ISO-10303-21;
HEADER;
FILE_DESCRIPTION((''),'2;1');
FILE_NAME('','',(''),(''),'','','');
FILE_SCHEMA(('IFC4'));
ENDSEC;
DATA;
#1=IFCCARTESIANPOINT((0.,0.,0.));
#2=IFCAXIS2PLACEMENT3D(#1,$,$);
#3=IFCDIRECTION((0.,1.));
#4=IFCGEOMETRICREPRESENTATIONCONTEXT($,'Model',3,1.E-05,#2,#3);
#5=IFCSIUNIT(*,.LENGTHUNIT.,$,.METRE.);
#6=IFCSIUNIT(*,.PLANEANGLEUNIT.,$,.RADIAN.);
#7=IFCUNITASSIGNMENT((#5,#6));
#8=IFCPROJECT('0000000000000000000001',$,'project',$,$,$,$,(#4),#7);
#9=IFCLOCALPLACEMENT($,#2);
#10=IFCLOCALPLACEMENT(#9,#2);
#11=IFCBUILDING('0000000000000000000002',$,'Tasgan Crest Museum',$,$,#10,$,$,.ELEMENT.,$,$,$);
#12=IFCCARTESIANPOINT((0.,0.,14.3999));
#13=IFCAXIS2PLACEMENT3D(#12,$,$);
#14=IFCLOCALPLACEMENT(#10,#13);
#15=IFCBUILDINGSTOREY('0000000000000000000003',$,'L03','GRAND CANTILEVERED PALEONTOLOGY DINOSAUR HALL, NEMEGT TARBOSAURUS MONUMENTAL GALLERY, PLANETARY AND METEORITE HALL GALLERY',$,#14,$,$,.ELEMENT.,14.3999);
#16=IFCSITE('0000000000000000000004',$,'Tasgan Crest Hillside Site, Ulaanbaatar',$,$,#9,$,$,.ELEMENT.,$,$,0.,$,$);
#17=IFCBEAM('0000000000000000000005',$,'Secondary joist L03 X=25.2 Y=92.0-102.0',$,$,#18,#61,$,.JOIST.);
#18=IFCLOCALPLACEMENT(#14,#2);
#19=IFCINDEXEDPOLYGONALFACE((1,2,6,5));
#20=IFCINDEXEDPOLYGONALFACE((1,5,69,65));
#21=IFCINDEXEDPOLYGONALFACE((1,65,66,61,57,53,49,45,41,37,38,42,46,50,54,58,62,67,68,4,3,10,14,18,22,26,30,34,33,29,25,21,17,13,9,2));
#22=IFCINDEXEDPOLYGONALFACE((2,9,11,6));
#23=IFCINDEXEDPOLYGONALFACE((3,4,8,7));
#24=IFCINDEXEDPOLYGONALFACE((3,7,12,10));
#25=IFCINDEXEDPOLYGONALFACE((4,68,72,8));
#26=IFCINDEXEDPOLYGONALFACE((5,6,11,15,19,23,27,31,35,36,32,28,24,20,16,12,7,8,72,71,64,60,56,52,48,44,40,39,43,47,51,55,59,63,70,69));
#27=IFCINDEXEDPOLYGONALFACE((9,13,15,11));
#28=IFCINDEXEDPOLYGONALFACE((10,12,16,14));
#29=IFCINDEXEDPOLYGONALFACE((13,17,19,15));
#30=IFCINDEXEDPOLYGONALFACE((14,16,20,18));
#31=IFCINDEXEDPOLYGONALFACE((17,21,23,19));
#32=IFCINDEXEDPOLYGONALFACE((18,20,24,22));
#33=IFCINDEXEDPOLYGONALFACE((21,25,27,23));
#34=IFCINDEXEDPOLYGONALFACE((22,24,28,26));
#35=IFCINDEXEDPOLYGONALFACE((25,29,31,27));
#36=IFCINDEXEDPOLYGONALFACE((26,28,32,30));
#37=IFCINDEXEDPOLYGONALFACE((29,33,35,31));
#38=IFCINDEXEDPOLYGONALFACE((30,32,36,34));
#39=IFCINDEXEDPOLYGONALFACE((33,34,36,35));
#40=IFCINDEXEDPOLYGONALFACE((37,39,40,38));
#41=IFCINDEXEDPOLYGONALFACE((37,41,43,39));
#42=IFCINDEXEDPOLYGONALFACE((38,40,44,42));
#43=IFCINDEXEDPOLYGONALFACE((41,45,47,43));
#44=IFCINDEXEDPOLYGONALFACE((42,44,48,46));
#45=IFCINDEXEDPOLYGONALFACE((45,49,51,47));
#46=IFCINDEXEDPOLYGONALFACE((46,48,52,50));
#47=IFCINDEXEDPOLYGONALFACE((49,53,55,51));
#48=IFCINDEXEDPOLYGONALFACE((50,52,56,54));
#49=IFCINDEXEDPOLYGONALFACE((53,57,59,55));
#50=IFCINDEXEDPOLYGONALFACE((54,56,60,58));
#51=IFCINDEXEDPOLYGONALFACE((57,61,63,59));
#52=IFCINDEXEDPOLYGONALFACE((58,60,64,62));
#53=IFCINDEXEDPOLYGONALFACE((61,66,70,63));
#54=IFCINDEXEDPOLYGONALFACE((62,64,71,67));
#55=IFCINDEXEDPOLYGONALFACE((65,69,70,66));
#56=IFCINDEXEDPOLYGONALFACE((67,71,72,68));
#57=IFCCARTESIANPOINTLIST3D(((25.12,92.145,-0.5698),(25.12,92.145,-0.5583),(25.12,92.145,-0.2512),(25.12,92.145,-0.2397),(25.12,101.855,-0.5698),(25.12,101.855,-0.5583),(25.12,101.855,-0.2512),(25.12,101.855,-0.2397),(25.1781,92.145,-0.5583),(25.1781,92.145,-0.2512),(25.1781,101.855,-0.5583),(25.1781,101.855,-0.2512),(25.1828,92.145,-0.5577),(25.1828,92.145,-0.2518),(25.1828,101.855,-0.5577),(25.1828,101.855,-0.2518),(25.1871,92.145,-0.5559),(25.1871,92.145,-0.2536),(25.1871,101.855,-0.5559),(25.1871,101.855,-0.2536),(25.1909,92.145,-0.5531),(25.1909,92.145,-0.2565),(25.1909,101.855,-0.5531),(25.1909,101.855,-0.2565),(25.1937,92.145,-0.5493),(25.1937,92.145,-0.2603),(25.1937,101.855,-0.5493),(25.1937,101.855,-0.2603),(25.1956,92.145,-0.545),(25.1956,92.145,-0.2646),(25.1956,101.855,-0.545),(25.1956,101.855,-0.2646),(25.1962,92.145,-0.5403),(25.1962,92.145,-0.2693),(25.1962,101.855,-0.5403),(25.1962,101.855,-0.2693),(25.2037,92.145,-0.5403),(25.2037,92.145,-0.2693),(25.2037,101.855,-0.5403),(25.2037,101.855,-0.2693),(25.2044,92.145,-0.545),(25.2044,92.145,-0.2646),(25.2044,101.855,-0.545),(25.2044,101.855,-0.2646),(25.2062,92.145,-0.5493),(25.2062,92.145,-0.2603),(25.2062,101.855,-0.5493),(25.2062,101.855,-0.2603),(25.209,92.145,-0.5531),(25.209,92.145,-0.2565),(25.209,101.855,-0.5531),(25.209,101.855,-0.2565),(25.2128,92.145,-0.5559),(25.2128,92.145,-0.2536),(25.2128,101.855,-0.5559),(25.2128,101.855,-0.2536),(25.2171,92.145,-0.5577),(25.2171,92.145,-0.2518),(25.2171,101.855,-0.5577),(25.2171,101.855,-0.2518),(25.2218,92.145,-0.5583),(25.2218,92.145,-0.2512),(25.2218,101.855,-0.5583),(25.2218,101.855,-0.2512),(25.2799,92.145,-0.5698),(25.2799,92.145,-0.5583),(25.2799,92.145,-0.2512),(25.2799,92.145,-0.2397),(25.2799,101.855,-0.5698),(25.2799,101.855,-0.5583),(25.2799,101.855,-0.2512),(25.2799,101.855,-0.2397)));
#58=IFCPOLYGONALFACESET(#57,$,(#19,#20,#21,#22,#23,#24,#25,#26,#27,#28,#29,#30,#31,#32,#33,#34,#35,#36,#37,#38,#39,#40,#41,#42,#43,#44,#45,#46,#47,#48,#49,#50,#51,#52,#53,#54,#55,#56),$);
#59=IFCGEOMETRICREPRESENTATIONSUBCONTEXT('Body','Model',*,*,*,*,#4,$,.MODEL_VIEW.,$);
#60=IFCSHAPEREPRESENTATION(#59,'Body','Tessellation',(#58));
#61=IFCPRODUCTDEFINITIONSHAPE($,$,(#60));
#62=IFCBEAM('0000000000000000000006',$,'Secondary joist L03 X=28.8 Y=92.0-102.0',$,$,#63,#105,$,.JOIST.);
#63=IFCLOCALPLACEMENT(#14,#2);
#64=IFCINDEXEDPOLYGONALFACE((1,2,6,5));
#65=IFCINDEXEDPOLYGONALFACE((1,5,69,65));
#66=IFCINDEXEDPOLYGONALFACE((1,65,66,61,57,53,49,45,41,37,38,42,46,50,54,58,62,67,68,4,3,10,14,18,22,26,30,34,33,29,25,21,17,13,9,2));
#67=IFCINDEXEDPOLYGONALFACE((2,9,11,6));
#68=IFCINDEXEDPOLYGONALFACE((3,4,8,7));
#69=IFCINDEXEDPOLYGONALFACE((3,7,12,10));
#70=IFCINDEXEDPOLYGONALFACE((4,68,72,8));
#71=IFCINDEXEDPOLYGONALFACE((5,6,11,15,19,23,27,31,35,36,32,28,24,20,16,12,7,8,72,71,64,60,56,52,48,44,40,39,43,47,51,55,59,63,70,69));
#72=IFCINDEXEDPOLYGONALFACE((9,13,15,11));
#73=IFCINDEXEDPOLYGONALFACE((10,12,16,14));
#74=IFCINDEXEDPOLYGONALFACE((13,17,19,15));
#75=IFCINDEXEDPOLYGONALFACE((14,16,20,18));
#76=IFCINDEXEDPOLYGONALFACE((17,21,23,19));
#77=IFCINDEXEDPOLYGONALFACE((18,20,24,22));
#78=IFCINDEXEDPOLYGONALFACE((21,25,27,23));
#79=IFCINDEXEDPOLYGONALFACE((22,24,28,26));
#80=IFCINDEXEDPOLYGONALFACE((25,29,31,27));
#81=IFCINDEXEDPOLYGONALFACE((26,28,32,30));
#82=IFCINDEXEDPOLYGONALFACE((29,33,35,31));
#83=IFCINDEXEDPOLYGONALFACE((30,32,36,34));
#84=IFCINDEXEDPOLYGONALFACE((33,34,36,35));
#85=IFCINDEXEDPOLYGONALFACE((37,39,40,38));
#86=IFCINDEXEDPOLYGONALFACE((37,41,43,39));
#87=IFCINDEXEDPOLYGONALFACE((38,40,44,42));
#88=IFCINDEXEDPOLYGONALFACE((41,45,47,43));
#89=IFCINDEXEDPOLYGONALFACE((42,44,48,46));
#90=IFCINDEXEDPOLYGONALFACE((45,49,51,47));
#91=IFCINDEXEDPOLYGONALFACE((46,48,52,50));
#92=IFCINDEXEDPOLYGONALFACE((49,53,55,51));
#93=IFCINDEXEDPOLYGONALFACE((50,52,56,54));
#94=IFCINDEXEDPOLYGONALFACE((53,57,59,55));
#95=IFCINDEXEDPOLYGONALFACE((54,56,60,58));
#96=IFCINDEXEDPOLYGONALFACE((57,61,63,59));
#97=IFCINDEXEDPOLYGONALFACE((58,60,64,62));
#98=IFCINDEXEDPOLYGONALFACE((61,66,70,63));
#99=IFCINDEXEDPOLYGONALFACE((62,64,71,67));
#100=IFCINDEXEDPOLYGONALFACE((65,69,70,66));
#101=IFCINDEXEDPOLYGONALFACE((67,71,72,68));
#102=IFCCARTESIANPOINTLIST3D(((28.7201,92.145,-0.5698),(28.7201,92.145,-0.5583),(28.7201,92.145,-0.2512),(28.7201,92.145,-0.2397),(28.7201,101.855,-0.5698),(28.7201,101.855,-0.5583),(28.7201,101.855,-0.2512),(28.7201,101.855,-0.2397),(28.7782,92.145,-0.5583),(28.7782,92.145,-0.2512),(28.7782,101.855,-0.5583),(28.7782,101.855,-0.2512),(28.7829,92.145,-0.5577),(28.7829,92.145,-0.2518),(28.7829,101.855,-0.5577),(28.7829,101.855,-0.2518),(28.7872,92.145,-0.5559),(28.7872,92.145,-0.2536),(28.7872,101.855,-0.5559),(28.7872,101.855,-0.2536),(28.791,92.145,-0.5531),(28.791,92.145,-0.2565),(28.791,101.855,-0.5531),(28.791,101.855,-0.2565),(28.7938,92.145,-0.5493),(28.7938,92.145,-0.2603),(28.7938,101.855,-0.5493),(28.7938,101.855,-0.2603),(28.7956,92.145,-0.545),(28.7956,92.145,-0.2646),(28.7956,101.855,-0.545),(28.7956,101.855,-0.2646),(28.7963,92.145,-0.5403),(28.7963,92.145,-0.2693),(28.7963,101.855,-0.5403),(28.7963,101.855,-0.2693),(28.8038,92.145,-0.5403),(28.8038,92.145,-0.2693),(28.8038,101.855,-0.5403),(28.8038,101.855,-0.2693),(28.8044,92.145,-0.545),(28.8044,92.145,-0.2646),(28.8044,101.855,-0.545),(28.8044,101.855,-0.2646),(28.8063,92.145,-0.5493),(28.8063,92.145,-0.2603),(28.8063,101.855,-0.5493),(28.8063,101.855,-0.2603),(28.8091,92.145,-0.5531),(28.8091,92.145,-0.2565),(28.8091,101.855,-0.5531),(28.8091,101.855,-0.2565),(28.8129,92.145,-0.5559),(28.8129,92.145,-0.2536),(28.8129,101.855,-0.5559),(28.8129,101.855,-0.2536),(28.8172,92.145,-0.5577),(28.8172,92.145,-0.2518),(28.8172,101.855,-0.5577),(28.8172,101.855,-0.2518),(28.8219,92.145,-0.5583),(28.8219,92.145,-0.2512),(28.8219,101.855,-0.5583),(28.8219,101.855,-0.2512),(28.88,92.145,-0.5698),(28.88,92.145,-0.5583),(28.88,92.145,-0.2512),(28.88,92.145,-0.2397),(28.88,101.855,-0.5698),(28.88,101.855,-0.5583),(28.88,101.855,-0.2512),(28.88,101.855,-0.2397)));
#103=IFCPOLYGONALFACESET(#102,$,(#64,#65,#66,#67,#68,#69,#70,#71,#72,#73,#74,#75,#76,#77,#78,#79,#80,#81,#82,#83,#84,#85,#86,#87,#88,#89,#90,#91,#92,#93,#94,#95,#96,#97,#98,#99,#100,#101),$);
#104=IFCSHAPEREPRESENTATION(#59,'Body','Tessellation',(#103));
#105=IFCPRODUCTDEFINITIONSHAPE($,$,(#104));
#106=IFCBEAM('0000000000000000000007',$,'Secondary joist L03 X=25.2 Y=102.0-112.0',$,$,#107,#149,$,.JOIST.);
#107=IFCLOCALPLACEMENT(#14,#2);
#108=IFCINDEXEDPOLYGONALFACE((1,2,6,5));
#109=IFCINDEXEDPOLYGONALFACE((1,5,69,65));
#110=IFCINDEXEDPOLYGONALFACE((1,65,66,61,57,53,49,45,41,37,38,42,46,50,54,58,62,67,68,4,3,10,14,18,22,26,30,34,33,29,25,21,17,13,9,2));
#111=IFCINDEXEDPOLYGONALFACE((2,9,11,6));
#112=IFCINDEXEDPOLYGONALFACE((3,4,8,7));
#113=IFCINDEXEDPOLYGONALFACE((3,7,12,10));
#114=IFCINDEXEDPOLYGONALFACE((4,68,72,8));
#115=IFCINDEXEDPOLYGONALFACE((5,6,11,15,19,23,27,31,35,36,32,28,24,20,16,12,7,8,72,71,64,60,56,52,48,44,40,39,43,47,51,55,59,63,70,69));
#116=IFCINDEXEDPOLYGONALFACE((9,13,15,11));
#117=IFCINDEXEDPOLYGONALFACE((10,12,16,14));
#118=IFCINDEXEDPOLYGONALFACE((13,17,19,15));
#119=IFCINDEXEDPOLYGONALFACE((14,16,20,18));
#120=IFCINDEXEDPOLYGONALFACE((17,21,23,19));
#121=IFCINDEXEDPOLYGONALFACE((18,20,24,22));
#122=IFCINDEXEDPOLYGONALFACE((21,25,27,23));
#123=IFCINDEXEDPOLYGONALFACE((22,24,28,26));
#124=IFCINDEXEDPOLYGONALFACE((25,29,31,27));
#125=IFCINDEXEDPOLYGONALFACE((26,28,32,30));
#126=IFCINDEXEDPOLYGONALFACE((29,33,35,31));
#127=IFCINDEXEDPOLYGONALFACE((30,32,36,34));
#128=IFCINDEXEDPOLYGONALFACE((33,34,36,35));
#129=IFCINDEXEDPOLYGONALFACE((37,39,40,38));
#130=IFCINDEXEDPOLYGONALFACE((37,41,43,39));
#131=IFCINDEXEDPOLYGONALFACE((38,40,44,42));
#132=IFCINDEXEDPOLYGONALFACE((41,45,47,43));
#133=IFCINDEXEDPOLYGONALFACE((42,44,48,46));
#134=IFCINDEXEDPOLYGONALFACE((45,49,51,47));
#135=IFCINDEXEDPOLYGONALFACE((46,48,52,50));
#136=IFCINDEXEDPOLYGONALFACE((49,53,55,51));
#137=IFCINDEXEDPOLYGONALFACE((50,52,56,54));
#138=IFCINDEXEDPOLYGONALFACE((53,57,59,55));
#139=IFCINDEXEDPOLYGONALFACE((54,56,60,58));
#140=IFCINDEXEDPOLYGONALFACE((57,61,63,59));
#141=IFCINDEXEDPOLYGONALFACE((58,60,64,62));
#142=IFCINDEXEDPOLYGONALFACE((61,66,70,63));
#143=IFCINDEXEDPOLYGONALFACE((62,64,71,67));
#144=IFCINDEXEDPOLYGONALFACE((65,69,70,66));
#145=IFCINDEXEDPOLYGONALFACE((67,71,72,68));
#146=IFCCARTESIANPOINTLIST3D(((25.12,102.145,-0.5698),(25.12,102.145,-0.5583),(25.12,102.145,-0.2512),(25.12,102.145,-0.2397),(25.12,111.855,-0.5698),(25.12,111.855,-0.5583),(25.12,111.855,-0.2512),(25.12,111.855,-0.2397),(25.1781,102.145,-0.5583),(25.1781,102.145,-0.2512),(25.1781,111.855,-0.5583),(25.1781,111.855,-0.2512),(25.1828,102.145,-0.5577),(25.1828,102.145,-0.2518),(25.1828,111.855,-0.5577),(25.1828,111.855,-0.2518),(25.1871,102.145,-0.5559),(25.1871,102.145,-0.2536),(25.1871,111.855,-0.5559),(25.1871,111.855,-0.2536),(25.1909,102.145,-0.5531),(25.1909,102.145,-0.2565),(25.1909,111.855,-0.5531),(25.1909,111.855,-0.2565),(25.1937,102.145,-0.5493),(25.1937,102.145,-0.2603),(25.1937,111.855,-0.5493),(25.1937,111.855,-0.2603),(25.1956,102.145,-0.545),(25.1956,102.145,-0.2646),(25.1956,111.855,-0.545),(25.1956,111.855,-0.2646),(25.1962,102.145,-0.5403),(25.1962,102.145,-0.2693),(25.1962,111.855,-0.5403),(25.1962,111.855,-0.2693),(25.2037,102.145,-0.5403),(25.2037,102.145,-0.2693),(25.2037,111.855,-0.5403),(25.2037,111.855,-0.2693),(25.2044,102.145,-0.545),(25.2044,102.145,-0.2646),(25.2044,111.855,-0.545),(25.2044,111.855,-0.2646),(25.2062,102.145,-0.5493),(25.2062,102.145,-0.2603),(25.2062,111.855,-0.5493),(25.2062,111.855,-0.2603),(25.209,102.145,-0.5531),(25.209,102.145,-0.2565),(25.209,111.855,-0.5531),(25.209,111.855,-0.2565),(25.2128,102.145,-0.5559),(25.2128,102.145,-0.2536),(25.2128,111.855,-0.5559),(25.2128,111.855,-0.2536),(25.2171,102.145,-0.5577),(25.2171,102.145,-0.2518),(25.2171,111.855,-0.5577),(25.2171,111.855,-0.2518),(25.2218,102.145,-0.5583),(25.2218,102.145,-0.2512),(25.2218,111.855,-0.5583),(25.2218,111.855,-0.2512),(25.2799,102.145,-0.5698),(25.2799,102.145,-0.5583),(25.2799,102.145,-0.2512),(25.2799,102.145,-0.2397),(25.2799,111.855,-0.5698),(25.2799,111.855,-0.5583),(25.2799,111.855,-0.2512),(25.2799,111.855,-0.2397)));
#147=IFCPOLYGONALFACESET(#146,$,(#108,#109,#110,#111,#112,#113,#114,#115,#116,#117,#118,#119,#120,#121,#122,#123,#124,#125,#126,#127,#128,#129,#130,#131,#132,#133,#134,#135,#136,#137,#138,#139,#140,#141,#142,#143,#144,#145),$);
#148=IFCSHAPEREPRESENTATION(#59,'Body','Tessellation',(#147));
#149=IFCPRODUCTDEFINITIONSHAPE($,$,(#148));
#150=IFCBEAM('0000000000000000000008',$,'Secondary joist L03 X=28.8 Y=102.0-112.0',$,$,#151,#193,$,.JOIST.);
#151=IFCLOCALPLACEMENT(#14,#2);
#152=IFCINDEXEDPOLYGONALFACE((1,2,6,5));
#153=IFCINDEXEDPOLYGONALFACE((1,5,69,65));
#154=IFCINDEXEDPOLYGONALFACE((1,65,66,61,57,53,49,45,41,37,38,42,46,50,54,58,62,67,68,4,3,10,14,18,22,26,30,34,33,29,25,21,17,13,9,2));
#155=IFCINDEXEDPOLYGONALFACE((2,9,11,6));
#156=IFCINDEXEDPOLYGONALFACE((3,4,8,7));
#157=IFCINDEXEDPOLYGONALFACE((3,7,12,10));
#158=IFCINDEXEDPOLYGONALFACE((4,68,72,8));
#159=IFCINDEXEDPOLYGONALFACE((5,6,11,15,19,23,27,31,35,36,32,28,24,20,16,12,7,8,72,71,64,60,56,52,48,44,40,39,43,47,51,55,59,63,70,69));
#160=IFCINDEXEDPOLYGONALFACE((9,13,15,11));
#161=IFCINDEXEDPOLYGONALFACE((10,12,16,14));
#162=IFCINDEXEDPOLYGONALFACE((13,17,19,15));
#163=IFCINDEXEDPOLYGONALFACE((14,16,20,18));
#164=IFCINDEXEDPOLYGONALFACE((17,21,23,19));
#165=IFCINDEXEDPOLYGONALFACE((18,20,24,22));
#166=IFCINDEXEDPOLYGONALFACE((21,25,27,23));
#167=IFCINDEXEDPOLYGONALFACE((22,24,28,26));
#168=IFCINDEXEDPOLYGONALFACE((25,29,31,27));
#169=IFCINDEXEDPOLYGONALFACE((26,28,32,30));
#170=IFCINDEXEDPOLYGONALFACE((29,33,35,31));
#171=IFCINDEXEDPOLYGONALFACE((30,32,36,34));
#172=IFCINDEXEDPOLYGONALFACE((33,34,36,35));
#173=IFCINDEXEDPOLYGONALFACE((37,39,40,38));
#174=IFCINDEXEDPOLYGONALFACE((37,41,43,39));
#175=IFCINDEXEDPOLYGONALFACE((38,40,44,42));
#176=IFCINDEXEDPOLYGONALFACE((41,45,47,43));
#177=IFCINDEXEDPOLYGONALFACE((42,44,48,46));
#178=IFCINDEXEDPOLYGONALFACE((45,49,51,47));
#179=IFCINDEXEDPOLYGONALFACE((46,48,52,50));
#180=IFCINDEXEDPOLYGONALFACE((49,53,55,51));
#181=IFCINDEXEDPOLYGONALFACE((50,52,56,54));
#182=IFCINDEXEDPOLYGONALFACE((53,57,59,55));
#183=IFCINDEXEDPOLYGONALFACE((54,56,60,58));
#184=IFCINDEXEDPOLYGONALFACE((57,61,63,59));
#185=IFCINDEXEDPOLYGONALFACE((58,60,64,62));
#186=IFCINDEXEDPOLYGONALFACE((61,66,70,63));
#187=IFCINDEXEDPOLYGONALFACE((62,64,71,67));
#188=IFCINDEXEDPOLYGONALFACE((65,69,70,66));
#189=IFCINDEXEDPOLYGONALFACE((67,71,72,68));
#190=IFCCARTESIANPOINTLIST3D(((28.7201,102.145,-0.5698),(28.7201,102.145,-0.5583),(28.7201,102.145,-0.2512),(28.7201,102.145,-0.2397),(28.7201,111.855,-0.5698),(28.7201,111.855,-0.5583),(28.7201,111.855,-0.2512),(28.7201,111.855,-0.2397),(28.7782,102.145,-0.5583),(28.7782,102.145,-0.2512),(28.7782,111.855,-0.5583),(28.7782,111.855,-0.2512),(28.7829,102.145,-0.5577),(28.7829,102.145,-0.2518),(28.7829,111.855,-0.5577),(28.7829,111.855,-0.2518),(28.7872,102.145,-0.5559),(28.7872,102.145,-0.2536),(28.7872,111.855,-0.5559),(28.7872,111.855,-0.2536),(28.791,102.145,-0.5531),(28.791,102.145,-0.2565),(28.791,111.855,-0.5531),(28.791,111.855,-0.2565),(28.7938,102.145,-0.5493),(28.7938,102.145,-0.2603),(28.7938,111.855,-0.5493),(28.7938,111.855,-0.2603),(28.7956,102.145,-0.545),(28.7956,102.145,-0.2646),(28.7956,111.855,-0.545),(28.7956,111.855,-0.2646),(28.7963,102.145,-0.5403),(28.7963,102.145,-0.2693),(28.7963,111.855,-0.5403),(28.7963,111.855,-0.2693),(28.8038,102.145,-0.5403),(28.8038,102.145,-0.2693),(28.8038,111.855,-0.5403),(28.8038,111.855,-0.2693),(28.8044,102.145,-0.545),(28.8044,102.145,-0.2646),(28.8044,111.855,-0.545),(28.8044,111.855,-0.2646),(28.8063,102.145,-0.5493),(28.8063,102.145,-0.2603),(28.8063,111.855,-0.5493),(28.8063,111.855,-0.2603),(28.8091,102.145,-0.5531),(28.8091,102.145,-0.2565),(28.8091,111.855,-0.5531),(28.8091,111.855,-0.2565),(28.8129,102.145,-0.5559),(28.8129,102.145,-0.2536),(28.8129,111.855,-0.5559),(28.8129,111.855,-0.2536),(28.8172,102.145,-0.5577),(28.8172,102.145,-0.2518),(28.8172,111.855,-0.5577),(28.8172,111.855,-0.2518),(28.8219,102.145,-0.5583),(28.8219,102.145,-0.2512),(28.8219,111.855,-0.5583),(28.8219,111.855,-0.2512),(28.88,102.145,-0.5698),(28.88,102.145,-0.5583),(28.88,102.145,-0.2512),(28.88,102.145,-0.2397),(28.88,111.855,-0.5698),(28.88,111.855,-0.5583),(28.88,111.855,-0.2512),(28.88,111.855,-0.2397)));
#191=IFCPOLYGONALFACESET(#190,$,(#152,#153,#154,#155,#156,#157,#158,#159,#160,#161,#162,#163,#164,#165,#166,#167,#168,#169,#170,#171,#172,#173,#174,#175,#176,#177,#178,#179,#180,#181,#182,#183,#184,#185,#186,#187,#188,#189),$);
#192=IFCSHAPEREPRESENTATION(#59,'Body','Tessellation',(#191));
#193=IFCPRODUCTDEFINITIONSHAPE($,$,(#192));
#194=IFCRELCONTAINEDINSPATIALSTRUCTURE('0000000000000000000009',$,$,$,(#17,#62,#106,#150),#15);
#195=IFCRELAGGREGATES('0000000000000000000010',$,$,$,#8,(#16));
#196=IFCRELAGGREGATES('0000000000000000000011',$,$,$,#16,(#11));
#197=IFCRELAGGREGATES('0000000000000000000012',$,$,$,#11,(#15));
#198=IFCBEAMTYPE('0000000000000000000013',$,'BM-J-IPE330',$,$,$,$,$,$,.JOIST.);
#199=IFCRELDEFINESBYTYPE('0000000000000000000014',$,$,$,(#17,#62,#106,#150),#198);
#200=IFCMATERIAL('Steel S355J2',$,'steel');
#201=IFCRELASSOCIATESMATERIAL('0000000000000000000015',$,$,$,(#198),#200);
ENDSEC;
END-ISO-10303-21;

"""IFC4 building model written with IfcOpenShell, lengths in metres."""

from ifc_helpers import new_model, si_unit, direction, frame, origin, origin_2d, place, context, subcontext, project, spatial, i_section, extrude, material, material_profile, profile_set, type_object, element, save


model = new_model("IFC4")

# Units and contexts
model_context = context("Model", 3, precision=1e-05, world=origin(), true_north=direction((0.0, 1.0)))
body_context = subcontext(model_context, "Body", "Model", "MODEL_VIEW")
ifc_project = project(units=[si_unit("LENGTHUNIT", "METRE"), si_unit("PLANEANGLEUNIT", "RADIAN")], contexts=[model_context])

# Site, building, storey
site_placement = place(None, origin())
site = spatial("IfcSite", under=ifc_project, at=site_placement, Name="Tasgan Crest Hillside Site, Ulaanbaatar", CompositionType="ELEMENT", RefElevation=0.0)
building_placement = place(site_placement, origin())
building = spatial("IfcBuilding", under=site, at=building_placement, Name="Tasgan Crest Museum", CompositionType="ELEMENT")
storey_placement = place(building_placement, frame((0.0, 0.0, 14.3999)))
storey = spatial("IfcBuildingStorey", under=building, at=storey_placement, Name="L03", Description="GRAND CANTILEVERED PALEONTOLOGY DINOSAUR HALL, NEMEGT TARBOSAURUS MONUMENTAL GALLERY, PLANETARY AND METEORITE HALL GALLERY", CompositionType="ELEMENT", Elevation=14.3999)

# Beams
ifc_material_1 = material(Name="Steel S355J2", Category="steel")
ifc_material_profile_1 = material_profile(ifc_material_1, i_section(OverallWidth=0.1599, OverallDepth=0.3301, WebThickness=0.0076, FlangeThickness=0.0115, FilletRadius=0.0181, at=origin_2d()), Name="IPE 330")
ifc_profile_set_1 = profile_set([ifc_material_profile_1], Name="Steel S355J2")
beam_type_1 = type_object("IfcBeamType", Name="BM-J-IPE330", PredefinedType="JOIST", material=ifc_profile_set_1)
for number, where, z_axis, x_axis, name in (
    (1, (25.2, 92.145, -0.4048), (0.0, 1.0, 0.0), (-1.0, 0.0, 0.0), "Secondary joist L03 X=25.2 Y=92.0-102.0"),
    (2, (28.8, 92.145, -0.4048), (0.0, 1.0, 0.0), (-1.0, 0.0, 0.0), "Secondary joist L03 X=28.8 Y=92.0-102.0"),
    (3, (25.2, 102.145, -0.4048), (0.0, 1.0, 0.0), (-1.0, 0.0, 0.0), "Secondary joist L03 X=25.2 Y=102.0-112.0"),
    (4, (28.8, 102.145, -0.4048), (0.0, 1.0, 0.0), (-1.0, 0.0, 0.0), "Secondary joist L03 X=28.8 Y=102.0-112.0"),
):
    element("IfcBeam", number, at=place(storey_placement, frame(where, z_axis=z_axis, x_axis=x_axis)), inside=storey, type_object=beam_type_1, Name=name, PredefinedType="JOIST", context=body_context, shape_type="SweptSolid", body=[
        extrude(i_section(OverallWidth=0.1599, OverallDepth=0.3301, WebThickness=0.0076, FlangeThickness=0.0115, FilletRadius=0.0181, at=origin_2d()), origin(), (0.0, 0.0, 1.0), 9.71),
    ])

save(model, "model.ifc")
